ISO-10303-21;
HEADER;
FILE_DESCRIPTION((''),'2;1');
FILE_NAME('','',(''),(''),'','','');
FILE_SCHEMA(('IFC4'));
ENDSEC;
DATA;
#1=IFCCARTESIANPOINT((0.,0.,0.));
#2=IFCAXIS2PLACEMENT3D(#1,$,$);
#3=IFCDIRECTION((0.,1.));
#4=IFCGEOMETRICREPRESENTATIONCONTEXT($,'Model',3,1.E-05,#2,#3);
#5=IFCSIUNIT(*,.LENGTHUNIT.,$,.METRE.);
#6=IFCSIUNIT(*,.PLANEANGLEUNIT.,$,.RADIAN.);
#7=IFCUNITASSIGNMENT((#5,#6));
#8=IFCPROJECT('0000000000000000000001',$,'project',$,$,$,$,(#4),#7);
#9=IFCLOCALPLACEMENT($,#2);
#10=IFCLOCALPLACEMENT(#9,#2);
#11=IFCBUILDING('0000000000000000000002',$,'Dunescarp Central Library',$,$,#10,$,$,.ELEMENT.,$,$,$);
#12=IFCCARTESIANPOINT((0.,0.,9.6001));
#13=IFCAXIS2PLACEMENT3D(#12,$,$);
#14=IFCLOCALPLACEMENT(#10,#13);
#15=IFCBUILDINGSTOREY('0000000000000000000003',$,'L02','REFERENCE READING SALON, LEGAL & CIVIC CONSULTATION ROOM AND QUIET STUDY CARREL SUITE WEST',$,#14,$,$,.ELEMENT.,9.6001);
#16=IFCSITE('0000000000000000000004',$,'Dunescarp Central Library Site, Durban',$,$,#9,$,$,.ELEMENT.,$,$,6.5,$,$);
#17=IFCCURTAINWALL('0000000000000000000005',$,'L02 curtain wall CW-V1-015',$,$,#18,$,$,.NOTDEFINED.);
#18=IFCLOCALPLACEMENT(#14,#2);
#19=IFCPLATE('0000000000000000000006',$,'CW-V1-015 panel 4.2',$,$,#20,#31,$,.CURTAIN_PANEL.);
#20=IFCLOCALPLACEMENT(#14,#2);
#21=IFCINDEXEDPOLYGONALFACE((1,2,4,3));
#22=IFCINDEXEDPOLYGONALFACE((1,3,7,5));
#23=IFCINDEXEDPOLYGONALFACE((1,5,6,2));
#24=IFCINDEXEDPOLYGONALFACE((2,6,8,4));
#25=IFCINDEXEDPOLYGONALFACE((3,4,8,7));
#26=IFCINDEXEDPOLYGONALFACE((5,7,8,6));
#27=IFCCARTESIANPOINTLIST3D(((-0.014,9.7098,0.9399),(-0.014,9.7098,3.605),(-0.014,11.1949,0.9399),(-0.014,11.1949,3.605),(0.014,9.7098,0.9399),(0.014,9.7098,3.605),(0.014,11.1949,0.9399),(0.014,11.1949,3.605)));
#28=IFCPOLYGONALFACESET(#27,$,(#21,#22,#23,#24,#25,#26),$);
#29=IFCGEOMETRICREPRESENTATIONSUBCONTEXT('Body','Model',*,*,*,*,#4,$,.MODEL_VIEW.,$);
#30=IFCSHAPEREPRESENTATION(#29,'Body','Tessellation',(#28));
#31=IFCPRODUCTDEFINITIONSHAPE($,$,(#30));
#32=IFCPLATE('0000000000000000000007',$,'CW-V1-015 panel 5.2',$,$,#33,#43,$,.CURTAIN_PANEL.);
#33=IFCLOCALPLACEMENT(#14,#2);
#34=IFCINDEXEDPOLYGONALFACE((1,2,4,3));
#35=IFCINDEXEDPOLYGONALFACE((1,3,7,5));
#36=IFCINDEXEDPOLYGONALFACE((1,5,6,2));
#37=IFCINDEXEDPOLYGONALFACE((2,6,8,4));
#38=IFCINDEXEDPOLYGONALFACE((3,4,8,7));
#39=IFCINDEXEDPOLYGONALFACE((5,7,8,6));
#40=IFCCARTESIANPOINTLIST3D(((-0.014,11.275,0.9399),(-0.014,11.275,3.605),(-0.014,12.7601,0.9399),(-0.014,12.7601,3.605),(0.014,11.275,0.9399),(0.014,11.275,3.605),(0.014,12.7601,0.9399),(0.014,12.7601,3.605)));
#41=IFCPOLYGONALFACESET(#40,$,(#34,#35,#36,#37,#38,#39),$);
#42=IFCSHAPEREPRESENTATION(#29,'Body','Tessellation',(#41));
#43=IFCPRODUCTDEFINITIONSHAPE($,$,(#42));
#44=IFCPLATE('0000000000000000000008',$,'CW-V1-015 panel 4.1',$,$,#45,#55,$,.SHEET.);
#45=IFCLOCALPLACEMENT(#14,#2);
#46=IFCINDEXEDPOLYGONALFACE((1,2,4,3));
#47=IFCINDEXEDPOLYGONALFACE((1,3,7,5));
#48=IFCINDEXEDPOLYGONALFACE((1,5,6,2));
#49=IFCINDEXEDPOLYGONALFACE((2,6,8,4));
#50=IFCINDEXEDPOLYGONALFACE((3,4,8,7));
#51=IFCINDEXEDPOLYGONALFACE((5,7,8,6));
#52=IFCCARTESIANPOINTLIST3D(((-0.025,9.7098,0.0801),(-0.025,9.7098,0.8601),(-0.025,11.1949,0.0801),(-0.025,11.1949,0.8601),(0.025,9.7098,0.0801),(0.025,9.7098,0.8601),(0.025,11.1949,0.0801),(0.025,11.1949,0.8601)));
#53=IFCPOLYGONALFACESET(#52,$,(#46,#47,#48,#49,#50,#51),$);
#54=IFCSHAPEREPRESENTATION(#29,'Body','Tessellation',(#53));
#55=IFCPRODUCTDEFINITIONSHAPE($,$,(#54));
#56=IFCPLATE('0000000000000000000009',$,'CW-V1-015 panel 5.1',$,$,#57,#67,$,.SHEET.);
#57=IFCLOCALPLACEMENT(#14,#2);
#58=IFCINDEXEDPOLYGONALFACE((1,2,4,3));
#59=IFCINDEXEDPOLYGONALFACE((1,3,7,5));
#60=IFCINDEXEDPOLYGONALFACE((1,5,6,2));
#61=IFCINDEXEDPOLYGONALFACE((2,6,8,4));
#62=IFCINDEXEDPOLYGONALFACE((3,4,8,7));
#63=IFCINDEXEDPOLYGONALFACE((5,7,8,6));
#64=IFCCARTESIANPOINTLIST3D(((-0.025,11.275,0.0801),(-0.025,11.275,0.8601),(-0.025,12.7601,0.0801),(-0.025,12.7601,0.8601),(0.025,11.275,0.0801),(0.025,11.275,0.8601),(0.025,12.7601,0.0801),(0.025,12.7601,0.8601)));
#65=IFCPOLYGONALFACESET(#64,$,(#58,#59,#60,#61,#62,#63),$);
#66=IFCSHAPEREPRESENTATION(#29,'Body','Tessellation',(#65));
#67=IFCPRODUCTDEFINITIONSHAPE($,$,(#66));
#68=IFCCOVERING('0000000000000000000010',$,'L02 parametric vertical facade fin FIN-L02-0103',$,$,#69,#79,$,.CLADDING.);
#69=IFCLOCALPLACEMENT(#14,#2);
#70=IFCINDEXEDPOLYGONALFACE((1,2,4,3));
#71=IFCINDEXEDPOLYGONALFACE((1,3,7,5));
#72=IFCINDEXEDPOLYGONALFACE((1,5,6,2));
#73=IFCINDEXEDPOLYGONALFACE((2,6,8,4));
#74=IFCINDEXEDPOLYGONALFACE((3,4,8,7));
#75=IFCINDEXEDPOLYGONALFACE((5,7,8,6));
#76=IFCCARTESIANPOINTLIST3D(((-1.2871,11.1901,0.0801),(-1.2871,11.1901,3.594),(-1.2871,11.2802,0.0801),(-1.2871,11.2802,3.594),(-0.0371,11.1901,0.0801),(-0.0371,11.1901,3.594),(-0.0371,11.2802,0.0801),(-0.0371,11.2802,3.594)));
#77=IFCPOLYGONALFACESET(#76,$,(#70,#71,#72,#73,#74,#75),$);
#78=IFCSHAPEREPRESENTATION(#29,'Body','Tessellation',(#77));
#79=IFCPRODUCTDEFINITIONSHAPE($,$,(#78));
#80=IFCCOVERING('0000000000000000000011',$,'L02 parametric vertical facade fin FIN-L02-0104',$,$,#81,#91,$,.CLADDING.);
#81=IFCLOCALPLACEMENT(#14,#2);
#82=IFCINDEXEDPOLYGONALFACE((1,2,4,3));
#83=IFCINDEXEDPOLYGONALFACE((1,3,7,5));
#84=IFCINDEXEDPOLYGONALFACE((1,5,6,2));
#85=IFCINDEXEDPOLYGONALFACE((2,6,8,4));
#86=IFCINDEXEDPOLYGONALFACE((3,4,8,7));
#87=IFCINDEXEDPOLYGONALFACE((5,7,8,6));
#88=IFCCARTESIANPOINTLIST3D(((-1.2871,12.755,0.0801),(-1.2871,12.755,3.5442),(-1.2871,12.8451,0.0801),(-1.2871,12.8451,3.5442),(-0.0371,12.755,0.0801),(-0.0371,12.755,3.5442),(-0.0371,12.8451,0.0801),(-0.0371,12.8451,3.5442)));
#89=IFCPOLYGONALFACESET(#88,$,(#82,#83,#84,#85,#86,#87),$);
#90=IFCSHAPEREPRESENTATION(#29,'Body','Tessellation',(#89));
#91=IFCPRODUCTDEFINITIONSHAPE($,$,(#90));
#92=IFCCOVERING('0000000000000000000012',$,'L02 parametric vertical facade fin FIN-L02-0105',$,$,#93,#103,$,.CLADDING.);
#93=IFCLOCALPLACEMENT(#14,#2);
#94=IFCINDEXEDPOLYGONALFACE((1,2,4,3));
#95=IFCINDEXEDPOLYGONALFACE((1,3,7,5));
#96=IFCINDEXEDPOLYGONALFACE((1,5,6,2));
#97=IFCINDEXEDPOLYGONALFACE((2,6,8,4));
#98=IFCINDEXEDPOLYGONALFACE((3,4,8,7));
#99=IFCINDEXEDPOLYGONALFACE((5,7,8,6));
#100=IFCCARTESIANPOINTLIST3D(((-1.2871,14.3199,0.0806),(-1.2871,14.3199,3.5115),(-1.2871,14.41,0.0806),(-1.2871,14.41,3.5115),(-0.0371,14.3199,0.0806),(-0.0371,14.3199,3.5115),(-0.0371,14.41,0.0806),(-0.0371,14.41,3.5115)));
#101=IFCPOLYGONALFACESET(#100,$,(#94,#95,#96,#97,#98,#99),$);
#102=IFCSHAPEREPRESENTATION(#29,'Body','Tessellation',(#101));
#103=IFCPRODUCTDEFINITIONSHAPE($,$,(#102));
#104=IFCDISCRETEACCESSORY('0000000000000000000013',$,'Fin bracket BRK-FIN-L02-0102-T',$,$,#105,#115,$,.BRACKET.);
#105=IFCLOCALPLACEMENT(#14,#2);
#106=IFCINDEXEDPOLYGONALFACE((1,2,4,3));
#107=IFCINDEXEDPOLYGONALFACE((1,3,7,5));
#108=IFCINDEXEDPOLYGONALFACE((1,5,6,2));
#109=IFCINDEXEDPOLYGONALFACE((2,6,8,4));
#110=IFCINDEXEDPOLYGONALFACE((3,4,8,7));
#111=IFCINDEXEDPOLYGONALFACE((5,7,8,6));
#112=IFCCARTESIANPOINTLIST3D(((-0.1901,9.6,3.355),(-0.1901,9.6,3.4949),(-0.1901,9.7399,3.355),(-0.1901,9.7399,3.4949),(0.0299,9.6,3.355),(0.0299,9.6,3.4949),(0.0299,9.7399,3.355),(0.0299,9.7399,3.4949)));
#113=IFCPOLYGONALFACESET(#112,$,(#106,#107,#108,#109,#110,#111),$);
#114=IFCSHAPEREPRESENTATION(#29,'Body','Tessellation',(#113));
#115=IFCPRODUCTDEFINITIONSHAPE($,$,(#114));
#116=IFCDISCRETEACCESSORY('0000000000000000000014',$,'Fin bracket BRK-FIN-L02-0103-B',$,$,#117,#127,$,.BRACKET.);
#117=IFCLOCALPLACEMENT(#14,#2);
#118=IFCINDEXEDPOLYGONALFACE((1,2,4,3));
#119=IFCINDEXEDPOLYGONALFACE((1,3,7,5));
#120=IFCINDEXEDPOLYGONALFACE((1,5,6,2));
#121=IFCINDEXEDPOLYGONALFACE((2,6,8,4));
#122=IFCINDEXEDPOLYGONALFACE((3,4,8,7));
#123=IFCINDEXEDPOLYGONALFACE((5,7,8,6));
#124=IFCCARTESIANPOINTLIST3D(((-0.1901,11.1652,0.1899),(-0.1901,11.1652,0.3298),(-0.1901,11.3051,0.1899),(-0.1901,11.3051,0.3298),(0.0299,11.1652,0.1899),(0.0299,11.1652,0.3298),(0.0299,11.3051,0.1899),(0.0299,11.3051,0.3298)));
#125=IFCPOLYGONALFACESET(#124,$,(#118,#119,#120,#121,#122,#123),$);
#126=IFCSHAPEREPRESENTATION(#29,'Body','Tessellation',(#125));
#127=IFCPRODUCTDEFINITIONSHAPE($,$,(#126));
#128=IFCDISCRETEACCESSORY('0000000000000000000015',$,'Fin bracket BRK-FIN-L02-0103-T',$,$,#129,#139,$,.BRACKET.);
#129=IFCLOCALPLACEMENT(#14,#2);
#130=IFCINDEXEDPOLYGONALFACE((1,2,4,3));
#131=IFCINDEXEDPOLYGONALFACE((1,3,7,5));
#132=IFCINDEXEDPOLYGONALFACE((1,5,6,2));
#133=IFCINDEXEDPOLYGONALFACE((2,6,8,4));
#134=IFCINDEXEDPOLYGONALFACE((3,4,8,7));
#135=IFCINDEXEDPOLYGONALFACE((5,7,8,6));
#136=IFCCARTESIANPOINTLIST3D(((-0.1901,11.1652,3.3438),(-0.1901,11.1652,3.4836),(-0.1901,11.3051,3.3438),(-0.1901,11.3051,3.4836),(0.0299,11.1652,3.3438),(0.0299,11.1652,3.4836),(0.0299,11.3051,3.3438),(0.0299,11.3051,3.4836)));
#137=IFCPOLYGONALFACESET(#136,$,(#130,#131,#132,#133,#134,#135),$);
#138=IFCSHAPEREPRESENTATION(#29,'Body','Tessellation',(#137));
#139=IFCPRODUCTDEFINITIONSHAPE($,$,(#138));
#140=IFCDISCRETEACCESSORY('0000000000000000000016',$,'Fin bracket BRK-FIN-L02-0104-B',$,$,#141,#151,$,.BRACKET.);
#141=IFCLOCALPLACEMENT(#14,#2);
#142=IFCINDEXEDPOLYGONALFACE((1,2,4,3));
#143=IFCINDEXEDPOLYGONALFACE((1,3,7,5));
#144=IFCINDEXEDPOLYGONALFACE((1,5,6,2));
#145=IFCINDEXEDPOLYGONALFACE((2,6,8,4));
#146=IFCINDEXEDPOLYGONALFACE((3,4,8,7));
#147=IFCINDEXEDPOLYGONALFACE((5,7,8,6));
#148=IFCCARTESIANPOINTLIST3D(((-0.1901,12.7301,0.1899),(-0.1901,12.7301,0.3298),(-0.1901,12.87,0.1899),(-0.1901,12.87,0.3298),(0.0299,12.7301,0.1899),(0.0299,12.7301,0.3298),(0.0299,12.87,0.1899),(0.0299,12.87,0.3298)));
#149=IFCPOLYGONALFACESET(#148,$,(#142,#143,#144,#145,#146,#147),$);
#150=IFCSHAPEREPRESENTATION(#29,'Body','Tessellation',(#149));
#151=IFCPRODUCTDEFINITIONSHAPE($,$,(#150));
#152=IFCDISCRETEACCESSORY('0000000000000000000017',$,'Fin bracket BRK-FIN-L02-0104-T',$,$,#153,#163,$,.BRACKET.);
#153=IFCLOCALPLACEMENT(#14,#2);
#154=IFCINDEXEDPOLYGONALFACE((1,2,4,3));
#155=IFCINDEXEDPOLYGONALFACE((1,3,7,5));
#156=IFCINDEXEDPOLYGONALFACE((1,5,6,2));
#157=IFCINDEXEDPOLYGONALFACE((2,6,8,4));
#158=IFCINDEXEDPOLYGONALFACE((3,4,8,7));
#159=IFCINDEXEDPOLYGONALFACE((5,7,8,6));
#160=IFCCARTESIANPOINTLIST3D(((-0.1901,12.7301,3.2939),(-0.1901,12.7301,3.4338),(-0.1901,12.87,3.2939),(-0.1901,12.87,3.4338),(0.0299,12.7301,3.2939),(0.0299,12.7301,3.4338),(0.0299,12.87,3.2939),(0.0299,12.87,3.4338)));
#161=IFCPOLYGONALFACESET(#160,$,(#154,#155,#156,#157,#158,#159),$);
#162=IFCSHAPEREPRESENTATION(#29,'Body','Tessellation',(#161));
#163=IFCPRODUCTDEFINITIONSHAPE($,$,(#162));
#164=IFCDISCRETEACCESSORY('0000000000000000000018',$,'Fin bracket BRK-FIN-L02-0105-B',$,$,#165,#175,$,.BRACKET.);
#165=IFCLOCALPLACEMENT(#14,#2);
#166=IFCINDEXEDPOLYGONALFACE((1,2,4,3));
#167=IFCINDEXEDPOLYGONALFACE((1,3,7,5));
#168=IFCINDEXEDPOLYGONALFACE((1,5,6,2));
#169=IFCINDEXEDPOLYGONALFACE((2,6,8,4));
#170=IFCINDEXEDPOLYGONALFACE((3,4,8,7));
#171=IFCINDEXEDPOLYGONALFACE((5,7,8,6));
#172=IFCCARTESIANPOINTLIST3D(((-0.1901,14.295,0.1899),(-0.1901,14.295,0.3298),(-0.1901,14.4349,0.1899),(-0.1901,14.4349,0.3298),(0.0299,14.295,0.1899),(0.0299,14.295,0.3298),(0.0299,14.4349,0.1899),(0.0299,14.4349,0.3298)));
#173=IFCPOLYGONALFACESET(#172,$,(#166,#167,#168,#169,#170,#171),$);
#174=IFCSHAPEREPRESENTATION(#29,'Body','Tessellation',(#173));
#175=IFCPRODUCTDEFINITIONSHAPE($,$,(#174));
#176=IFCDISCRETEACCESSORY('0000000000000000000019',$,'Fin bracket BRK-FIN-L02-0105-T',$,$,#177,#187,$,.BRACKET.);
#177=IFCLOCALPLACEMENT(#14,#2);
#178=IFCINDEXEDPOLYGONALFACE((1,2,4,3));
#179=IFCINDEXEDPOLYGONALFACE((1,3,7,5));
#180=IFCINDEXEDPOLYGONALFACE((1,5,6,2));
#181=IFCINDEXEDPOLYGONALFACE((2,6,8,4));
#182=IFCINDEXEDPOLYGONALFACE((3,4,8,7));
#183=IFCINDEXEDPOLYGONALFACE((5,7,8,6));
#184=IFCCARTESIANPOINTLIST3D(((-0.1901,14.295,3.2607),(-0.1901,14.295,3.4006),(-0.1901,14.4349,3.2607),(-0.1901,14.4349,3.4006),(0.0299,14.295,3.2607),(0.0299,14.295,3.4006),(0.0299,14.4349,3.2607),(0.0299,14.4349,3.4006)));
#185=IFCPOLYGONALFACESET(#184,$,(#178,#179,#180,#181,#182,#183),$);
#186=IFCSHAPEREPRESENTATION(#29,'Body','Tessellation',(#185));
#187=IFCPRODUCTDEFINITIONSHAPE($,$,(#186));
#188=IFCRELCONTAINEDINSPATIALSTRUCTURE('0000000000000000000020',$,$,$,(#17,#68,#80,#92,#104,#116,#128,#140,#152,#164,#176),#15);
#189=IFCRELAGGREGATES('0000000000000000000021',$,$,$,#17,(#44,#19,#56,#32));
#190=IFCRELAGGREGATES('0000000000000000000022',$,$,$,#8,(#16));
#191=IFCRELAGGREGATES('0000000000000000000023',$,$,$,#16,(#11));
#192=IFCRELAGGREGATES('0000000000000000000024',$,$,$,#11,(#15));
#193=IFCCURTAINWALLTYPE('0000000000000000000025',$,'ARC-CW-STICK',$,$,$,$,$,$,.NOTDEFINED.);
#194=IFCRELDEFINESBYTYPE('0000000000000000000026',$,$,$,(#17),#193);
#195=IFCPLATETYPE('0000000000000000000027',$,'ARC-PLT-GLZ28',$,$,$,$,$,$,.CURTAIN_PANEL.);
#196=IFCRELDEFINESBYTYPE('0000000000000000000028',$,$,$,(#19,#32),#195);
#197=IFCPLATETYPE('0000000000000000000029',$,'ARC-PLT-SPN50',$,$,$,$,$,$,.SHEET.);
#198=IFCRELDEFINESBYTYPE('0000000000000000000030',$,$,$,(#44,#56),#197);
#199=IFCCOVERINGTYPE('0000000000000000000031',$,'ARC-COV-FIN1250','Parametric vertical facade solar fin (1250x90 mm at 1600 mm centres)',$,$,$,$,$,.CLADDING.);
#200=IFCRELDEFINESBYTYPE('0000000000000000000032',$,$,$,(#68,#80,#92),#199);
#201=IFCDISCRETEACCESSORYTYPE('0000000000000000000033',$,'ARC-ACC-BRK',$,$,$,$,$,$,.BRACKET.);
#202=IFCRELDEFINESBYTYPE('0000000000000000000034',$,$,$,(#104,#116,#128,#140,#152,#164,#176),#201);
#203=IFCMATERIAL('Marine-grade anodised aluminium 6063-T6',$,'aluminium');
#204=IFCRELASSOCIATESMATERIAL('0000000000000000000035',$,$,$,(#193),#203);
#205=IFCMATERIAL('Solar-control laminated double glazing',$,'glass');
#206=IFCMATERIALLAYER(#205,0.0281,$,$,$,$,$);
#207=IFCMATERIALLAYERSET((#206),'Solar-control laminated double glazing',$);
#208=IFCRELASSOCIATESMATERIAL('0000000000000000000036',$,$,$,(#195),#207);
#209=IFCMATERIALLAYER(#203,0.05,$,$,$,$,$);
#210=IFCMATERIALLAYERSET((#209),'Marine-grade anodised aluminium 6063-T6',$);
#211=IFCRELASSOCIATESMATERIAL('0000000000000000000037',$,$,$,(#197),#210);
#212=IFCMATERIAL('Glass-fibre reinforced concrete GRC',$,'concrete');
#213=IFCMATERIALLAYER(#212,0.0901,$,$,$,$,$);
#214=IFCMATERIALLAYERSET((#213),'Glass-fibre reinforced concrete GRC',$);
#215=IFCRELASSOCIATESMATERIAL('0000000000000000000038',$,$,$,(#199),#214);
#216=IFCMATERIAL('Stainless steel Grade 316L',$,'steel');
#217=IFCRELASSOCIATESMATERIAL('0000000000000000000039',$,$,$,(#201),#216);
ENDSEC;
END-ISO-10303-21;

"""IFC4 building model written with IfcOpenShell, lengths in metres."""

from ifc_helpers import new_model, si_unit, direction, frame, origin, origin_2d, place, context, subcontext, project, spatial, rectangle, extrude, material, layer, layer_set, type_object, element, aggregate, save


model = new_model("IFC4")

# Units and contexts
model_context = context("Model", 3, precision=1e-05, world=origin(), true_north=direction((0.0, 1.0)))
body_context = subcontext(model_context, "Body", "Model", "MODEL_VIEW")
ifc_project = project(units=[si_unit("LENGTHUNIT", "METRE"), si_unit("PLANEANGLEUNIT", "RADIAN")], contexts=[model_context])

# Site, building, storey
site_placement = place(None, origin())
site = spatial("IfcSite", under=ifc_project, at=site_placement, Name="Dunescarp Central Library Site, Durban", CompositionType="ELEMENT", RefElevation=6.5)
building_placement = place(site_placement, origin())
building = spatial("IfcBuilding", under=site, at=building_placement, Name="Dunescarp Central Library", CompositionType="ELEMENT")
storey_placement = place(building_placement, frame((0.0, 0.0, 9.6001)))
storey = spatial("IfcBuildingStorey", under=building, at=storey_placement, Name="L02", Description="REFERENCE READING SALON, LEGAL & CIVIC CONSULTATION ROOM AND QUIET STUDY CARREL SUITE WEST", CompositionType="ELEMENT", Elevation=9.6001)

# Curtain wall, plates
ifc_material_1 = material(Name="Marine-grade anodised aluminium 6063-T6", Category="aluminium")
curtain_wall_type = type_object("IfcCurtainWallType", Name="ARC-CW-STICK", PredefinedType="NOTDEFINED", material=ifc_material_1)
curtain_wall_placement = place(storey_placement, origin())
curtain_wall = element("IfcCurtainWall", 1, at=curtain_wall_placement, inside=storey, type_object=curtain_wall_type, Name="L02 curtain wall CW-V1-015", PredefinedType="NOTDEFINED")
ifc_material_2 = material(Name="Solar-control laminated double glazing", Category="glass")
ifc_layer_1 = layer(ifc_material_2, 0.0281)
ifc_layer_set_1 = layer_set([ifc_layer_1], Name="Solar-control laminated double glazing")
plate_type_1 = type_object("IfcPlateType", Name="ARC-PLT-GLZ28", PredefinedType="CURTAIN_PANEL", material=ifc_layer_set_1)
plate_1_placement = place(storey_placement, frame((0.0, 10.4524, 0.9399), z_axis=(0.0, 0.0, 1.0), x_axis=(0.0, 1.0, 0.0)))
plate_1 = element("IfcPlate", 2, at=plate_1_placement, type_object=plate_type_1, Name="CW-V1-015 panel 4.2", PredefinedType="CURTAIN_PANEL", context=body_context, shape_type="SweptSolid", body=[
    extrude(rectangle(XDim=1.4851, YDim=0.0281, at=origin_2d()), origin(), (0.0, 0.0, 1.0), 2.665),
])
plate_2_placement = place(storey_placement, frame((0.0, 12.0176, 0.9399), z_axis=(0.0, 0.0, 1.0), x_axis=(0.0, 1.0, 0.0)))
plate_2 = element("IfcPlate", 3, at=plate_2_placement, type_object=plate_type_1, Name="CW-V1-015 panel 5.2", PredefinedType="CURTAIN_PANEL", context=body_context, shape_type="SweptSolid", body=[
    extrude(rectangle(XDim=1.4851, YDim=0.0281, at=origin_2d()), origin(), (0.0, 0.0, 1.0), 2.665),
])
ifc_layer_2 = layer(ifc_material_1, 0.05)
ifc_layer_set_2 = layer_set([ifc_layer_2], Name="Marine-grade anodised aluminium 6063-T6")
plate_type_2 = type_object("IfcPlateType", Name="ARC-PLT-SPN50", PredefinedType="SHEET", material=ifc_layer_set_2)
plate_3_placement = place(storey_placement, frame((0.0, 10.4524, 0.0801), z_axis=(0.0, 0.0, 1.0), x_axis=(0.0, 1.0, 0.0)))
plate_3 = element("IfcPlate", 4, at=plate_3_placement, type_object=plate_type_2, Name="CW-V1-015 panel 4.1", PredefinedType="SHEET", context=body_context, shape_type="SweptSolid", body=[
    extrude(rectangle(XDim=1.4851, YDim=0.05, at=origin_2d()), origin(), (0.0, 0.0, 1.0), 0.78),
])
plate_4_placement = place(storey_placement, frame((0.0, 12.0176, 0.0801), z_axis=(0.0, 0.0, 1.0), x_axis=(0.0, 1.0, 0.0)))
plate_4 = element("IfcPlate", 5, at=plate_4_placement, type_object=plate_type_2, Name="CW-V1-015 panel 5.1", PredefinedType="SHEET", context=body_context, shape_type="SweptSolid", body=[
    extrude(rectangle(XDim=1.4851, YDim=0.05, at=origin_2d()), origin(), (0.0, 0.0, 1.0), 0.78),
])
aggregate(curtain_wall, [plate_3, plate_1, plate_4, plate_2])

# Coverings
ifc_material_3 = material(Name="Glass-fibre reinforced concrete GRC", Category="concrete")
ifc_layer_3 = layer(ifc_material_3, 0.0901)
ifc_layer_set_3 = layer_set([ifc_layer_3], Name="Glass-fibre reinforced concrete GRC")
covering_type = type_object("IfcCoveringType", Name="ARC-COV-FIN1250", Description="Parametric vertical facade solar fin (1250x90 mm at 1600 mm centres)", PredefinedType="CLADDING", material=ifc_layer_set_3)
covering_1_placement = place(storey_placement, frame((-0.6621, 11.2351, 0.0801), z_axis=(0.0, 0.0, 1.0), x_axis=(-1.0, 0.0, 0.0)))
element("IfcCovering", 6, at=covering_1_placement, inside=storey, type_object=covering_type, Name="L02 parametric vertical facade fin FIN-L02-0103", PredefinedType="CLADDING", context=body_context, shape_type="SweptSolid", body=[
    extrude(rectangle(XDim=1.25, YDim=0.0901, at=origin_2d()), origin(), (0.0, 0.0, 1.0), 3.5139),
])
covering_2_placement = place(storey_placement, frame((-0.6621, 12.8, 0.0801), z_axis=(0.0, 0.0, 1.0), x_axis=(-1.0, 0.0, 0.0)))
element("IfcCovering", 7, at=covering_2_placement, inside=storey, type_object=covering_type, Name="L02 parametric vertical facade fin FIN-L02-0104", PredefinedType="CLADDING", context=body_context, shape_type="SweptSolid", body=[
    extrude(rectangle(XDim=1.25, YDim=0.0901, at=origin_2d()), origin(), (0.0, 0.0, 1.0), 3.4641),
])
covering_3_placement = place(storey_placement, frame((-0.6621, 14.365, 0.0806), z_axis=(0.0, 0.0, 1.0), x_axis=(-1.0, 0.0, 0.0)))
element("IfcCovering", 8, at=covering_3_placement, inside=storey, type_object=covering_type, Name="L02 parametric vertical facade fin FIN-L02-0105", PredefinedType="CLADDING", context=body_context, shape_type="SweptSolid", body=[
    extrude(rectangle(XDim=1.25, YDim=0.0901, at=origin_2d()), origin(), (0.0, 0.0, 1.0), 3.4309),
])

# Discrete accessories
ifc_material_4 = material(Name="Stainless steel Grade 316L", Category="steel")
discrete_accessory_type = type_object("IfcDiscreteAccessoryType", Name="ARC-ACC-BRK", PredefinedType="BRACKET", material=ifc_material_4)
for number, where, z_axis, x_axis, name in (
    (9, (-0.0801, 9.6699, 3.355), (0.0, 0.0, 1.0), (-1.0, 0.0, 0.0), "Fin bracket BRK-FIN-L02-0102-T"),
    (10, (-0.0801, 11.2351, 0.1899), (0.0, 0.0, 1.0), (-1.0, 0.0, 0.0), "Fin bracket BRK-FIN-L02-0103-B"),
    (11, (-0.0801, 11.2351, 3.3438), (0.0, 0.0, 1.0), (-1.0, 0.0, 0.0), "Fin bracket BRK-FIN-L02-0103-T"),
    (12, (-0.0801, 12.8, 0.1899), (0.0, 0.0, 1.0), (-1.0, 0.0, 0.0), "Fin bracket BRK-FIN-L02-0104-B"),
    (13, (-0.0801, 12.8, 3.2939), (0.0, 0.0, 1.0), (-1.0, 0.0, 0.0), "Fin bracket BRK-FIN-L02-0104-T"),
    (14, (-0.0801, 14.365, 0.1899), (0.0, 0.0, 1.0), (-1.0, 0.0, 0.0), "Fin bracket BRK-FIN-L02-0105-B"),
    (15, (-0.0801, 14.365, 3.2607), (0.0, 0.0, 1.0), (-1.0, 0.0, 0.0), "Fin bracket BRK-FIN-L02-0105-T"),
):
    element("IfcDiscreteAccessory", number, at=place(storey_placement, frame(where, z_axis=z_axis, x_axis=x_axis)), inside=storey, type_object=discrete_accessory_type, Name=name, PredefinedType="BRACKET", context=body_context, shape_type="SweptSolid", body=[
        extrude(rectangle(XDim=0.22, YDim=0.1399, at=origin_2d()), origin(), (0.0, 0.0, 1.0), 0.1399),
    ])

save(model, "model.ifc")
